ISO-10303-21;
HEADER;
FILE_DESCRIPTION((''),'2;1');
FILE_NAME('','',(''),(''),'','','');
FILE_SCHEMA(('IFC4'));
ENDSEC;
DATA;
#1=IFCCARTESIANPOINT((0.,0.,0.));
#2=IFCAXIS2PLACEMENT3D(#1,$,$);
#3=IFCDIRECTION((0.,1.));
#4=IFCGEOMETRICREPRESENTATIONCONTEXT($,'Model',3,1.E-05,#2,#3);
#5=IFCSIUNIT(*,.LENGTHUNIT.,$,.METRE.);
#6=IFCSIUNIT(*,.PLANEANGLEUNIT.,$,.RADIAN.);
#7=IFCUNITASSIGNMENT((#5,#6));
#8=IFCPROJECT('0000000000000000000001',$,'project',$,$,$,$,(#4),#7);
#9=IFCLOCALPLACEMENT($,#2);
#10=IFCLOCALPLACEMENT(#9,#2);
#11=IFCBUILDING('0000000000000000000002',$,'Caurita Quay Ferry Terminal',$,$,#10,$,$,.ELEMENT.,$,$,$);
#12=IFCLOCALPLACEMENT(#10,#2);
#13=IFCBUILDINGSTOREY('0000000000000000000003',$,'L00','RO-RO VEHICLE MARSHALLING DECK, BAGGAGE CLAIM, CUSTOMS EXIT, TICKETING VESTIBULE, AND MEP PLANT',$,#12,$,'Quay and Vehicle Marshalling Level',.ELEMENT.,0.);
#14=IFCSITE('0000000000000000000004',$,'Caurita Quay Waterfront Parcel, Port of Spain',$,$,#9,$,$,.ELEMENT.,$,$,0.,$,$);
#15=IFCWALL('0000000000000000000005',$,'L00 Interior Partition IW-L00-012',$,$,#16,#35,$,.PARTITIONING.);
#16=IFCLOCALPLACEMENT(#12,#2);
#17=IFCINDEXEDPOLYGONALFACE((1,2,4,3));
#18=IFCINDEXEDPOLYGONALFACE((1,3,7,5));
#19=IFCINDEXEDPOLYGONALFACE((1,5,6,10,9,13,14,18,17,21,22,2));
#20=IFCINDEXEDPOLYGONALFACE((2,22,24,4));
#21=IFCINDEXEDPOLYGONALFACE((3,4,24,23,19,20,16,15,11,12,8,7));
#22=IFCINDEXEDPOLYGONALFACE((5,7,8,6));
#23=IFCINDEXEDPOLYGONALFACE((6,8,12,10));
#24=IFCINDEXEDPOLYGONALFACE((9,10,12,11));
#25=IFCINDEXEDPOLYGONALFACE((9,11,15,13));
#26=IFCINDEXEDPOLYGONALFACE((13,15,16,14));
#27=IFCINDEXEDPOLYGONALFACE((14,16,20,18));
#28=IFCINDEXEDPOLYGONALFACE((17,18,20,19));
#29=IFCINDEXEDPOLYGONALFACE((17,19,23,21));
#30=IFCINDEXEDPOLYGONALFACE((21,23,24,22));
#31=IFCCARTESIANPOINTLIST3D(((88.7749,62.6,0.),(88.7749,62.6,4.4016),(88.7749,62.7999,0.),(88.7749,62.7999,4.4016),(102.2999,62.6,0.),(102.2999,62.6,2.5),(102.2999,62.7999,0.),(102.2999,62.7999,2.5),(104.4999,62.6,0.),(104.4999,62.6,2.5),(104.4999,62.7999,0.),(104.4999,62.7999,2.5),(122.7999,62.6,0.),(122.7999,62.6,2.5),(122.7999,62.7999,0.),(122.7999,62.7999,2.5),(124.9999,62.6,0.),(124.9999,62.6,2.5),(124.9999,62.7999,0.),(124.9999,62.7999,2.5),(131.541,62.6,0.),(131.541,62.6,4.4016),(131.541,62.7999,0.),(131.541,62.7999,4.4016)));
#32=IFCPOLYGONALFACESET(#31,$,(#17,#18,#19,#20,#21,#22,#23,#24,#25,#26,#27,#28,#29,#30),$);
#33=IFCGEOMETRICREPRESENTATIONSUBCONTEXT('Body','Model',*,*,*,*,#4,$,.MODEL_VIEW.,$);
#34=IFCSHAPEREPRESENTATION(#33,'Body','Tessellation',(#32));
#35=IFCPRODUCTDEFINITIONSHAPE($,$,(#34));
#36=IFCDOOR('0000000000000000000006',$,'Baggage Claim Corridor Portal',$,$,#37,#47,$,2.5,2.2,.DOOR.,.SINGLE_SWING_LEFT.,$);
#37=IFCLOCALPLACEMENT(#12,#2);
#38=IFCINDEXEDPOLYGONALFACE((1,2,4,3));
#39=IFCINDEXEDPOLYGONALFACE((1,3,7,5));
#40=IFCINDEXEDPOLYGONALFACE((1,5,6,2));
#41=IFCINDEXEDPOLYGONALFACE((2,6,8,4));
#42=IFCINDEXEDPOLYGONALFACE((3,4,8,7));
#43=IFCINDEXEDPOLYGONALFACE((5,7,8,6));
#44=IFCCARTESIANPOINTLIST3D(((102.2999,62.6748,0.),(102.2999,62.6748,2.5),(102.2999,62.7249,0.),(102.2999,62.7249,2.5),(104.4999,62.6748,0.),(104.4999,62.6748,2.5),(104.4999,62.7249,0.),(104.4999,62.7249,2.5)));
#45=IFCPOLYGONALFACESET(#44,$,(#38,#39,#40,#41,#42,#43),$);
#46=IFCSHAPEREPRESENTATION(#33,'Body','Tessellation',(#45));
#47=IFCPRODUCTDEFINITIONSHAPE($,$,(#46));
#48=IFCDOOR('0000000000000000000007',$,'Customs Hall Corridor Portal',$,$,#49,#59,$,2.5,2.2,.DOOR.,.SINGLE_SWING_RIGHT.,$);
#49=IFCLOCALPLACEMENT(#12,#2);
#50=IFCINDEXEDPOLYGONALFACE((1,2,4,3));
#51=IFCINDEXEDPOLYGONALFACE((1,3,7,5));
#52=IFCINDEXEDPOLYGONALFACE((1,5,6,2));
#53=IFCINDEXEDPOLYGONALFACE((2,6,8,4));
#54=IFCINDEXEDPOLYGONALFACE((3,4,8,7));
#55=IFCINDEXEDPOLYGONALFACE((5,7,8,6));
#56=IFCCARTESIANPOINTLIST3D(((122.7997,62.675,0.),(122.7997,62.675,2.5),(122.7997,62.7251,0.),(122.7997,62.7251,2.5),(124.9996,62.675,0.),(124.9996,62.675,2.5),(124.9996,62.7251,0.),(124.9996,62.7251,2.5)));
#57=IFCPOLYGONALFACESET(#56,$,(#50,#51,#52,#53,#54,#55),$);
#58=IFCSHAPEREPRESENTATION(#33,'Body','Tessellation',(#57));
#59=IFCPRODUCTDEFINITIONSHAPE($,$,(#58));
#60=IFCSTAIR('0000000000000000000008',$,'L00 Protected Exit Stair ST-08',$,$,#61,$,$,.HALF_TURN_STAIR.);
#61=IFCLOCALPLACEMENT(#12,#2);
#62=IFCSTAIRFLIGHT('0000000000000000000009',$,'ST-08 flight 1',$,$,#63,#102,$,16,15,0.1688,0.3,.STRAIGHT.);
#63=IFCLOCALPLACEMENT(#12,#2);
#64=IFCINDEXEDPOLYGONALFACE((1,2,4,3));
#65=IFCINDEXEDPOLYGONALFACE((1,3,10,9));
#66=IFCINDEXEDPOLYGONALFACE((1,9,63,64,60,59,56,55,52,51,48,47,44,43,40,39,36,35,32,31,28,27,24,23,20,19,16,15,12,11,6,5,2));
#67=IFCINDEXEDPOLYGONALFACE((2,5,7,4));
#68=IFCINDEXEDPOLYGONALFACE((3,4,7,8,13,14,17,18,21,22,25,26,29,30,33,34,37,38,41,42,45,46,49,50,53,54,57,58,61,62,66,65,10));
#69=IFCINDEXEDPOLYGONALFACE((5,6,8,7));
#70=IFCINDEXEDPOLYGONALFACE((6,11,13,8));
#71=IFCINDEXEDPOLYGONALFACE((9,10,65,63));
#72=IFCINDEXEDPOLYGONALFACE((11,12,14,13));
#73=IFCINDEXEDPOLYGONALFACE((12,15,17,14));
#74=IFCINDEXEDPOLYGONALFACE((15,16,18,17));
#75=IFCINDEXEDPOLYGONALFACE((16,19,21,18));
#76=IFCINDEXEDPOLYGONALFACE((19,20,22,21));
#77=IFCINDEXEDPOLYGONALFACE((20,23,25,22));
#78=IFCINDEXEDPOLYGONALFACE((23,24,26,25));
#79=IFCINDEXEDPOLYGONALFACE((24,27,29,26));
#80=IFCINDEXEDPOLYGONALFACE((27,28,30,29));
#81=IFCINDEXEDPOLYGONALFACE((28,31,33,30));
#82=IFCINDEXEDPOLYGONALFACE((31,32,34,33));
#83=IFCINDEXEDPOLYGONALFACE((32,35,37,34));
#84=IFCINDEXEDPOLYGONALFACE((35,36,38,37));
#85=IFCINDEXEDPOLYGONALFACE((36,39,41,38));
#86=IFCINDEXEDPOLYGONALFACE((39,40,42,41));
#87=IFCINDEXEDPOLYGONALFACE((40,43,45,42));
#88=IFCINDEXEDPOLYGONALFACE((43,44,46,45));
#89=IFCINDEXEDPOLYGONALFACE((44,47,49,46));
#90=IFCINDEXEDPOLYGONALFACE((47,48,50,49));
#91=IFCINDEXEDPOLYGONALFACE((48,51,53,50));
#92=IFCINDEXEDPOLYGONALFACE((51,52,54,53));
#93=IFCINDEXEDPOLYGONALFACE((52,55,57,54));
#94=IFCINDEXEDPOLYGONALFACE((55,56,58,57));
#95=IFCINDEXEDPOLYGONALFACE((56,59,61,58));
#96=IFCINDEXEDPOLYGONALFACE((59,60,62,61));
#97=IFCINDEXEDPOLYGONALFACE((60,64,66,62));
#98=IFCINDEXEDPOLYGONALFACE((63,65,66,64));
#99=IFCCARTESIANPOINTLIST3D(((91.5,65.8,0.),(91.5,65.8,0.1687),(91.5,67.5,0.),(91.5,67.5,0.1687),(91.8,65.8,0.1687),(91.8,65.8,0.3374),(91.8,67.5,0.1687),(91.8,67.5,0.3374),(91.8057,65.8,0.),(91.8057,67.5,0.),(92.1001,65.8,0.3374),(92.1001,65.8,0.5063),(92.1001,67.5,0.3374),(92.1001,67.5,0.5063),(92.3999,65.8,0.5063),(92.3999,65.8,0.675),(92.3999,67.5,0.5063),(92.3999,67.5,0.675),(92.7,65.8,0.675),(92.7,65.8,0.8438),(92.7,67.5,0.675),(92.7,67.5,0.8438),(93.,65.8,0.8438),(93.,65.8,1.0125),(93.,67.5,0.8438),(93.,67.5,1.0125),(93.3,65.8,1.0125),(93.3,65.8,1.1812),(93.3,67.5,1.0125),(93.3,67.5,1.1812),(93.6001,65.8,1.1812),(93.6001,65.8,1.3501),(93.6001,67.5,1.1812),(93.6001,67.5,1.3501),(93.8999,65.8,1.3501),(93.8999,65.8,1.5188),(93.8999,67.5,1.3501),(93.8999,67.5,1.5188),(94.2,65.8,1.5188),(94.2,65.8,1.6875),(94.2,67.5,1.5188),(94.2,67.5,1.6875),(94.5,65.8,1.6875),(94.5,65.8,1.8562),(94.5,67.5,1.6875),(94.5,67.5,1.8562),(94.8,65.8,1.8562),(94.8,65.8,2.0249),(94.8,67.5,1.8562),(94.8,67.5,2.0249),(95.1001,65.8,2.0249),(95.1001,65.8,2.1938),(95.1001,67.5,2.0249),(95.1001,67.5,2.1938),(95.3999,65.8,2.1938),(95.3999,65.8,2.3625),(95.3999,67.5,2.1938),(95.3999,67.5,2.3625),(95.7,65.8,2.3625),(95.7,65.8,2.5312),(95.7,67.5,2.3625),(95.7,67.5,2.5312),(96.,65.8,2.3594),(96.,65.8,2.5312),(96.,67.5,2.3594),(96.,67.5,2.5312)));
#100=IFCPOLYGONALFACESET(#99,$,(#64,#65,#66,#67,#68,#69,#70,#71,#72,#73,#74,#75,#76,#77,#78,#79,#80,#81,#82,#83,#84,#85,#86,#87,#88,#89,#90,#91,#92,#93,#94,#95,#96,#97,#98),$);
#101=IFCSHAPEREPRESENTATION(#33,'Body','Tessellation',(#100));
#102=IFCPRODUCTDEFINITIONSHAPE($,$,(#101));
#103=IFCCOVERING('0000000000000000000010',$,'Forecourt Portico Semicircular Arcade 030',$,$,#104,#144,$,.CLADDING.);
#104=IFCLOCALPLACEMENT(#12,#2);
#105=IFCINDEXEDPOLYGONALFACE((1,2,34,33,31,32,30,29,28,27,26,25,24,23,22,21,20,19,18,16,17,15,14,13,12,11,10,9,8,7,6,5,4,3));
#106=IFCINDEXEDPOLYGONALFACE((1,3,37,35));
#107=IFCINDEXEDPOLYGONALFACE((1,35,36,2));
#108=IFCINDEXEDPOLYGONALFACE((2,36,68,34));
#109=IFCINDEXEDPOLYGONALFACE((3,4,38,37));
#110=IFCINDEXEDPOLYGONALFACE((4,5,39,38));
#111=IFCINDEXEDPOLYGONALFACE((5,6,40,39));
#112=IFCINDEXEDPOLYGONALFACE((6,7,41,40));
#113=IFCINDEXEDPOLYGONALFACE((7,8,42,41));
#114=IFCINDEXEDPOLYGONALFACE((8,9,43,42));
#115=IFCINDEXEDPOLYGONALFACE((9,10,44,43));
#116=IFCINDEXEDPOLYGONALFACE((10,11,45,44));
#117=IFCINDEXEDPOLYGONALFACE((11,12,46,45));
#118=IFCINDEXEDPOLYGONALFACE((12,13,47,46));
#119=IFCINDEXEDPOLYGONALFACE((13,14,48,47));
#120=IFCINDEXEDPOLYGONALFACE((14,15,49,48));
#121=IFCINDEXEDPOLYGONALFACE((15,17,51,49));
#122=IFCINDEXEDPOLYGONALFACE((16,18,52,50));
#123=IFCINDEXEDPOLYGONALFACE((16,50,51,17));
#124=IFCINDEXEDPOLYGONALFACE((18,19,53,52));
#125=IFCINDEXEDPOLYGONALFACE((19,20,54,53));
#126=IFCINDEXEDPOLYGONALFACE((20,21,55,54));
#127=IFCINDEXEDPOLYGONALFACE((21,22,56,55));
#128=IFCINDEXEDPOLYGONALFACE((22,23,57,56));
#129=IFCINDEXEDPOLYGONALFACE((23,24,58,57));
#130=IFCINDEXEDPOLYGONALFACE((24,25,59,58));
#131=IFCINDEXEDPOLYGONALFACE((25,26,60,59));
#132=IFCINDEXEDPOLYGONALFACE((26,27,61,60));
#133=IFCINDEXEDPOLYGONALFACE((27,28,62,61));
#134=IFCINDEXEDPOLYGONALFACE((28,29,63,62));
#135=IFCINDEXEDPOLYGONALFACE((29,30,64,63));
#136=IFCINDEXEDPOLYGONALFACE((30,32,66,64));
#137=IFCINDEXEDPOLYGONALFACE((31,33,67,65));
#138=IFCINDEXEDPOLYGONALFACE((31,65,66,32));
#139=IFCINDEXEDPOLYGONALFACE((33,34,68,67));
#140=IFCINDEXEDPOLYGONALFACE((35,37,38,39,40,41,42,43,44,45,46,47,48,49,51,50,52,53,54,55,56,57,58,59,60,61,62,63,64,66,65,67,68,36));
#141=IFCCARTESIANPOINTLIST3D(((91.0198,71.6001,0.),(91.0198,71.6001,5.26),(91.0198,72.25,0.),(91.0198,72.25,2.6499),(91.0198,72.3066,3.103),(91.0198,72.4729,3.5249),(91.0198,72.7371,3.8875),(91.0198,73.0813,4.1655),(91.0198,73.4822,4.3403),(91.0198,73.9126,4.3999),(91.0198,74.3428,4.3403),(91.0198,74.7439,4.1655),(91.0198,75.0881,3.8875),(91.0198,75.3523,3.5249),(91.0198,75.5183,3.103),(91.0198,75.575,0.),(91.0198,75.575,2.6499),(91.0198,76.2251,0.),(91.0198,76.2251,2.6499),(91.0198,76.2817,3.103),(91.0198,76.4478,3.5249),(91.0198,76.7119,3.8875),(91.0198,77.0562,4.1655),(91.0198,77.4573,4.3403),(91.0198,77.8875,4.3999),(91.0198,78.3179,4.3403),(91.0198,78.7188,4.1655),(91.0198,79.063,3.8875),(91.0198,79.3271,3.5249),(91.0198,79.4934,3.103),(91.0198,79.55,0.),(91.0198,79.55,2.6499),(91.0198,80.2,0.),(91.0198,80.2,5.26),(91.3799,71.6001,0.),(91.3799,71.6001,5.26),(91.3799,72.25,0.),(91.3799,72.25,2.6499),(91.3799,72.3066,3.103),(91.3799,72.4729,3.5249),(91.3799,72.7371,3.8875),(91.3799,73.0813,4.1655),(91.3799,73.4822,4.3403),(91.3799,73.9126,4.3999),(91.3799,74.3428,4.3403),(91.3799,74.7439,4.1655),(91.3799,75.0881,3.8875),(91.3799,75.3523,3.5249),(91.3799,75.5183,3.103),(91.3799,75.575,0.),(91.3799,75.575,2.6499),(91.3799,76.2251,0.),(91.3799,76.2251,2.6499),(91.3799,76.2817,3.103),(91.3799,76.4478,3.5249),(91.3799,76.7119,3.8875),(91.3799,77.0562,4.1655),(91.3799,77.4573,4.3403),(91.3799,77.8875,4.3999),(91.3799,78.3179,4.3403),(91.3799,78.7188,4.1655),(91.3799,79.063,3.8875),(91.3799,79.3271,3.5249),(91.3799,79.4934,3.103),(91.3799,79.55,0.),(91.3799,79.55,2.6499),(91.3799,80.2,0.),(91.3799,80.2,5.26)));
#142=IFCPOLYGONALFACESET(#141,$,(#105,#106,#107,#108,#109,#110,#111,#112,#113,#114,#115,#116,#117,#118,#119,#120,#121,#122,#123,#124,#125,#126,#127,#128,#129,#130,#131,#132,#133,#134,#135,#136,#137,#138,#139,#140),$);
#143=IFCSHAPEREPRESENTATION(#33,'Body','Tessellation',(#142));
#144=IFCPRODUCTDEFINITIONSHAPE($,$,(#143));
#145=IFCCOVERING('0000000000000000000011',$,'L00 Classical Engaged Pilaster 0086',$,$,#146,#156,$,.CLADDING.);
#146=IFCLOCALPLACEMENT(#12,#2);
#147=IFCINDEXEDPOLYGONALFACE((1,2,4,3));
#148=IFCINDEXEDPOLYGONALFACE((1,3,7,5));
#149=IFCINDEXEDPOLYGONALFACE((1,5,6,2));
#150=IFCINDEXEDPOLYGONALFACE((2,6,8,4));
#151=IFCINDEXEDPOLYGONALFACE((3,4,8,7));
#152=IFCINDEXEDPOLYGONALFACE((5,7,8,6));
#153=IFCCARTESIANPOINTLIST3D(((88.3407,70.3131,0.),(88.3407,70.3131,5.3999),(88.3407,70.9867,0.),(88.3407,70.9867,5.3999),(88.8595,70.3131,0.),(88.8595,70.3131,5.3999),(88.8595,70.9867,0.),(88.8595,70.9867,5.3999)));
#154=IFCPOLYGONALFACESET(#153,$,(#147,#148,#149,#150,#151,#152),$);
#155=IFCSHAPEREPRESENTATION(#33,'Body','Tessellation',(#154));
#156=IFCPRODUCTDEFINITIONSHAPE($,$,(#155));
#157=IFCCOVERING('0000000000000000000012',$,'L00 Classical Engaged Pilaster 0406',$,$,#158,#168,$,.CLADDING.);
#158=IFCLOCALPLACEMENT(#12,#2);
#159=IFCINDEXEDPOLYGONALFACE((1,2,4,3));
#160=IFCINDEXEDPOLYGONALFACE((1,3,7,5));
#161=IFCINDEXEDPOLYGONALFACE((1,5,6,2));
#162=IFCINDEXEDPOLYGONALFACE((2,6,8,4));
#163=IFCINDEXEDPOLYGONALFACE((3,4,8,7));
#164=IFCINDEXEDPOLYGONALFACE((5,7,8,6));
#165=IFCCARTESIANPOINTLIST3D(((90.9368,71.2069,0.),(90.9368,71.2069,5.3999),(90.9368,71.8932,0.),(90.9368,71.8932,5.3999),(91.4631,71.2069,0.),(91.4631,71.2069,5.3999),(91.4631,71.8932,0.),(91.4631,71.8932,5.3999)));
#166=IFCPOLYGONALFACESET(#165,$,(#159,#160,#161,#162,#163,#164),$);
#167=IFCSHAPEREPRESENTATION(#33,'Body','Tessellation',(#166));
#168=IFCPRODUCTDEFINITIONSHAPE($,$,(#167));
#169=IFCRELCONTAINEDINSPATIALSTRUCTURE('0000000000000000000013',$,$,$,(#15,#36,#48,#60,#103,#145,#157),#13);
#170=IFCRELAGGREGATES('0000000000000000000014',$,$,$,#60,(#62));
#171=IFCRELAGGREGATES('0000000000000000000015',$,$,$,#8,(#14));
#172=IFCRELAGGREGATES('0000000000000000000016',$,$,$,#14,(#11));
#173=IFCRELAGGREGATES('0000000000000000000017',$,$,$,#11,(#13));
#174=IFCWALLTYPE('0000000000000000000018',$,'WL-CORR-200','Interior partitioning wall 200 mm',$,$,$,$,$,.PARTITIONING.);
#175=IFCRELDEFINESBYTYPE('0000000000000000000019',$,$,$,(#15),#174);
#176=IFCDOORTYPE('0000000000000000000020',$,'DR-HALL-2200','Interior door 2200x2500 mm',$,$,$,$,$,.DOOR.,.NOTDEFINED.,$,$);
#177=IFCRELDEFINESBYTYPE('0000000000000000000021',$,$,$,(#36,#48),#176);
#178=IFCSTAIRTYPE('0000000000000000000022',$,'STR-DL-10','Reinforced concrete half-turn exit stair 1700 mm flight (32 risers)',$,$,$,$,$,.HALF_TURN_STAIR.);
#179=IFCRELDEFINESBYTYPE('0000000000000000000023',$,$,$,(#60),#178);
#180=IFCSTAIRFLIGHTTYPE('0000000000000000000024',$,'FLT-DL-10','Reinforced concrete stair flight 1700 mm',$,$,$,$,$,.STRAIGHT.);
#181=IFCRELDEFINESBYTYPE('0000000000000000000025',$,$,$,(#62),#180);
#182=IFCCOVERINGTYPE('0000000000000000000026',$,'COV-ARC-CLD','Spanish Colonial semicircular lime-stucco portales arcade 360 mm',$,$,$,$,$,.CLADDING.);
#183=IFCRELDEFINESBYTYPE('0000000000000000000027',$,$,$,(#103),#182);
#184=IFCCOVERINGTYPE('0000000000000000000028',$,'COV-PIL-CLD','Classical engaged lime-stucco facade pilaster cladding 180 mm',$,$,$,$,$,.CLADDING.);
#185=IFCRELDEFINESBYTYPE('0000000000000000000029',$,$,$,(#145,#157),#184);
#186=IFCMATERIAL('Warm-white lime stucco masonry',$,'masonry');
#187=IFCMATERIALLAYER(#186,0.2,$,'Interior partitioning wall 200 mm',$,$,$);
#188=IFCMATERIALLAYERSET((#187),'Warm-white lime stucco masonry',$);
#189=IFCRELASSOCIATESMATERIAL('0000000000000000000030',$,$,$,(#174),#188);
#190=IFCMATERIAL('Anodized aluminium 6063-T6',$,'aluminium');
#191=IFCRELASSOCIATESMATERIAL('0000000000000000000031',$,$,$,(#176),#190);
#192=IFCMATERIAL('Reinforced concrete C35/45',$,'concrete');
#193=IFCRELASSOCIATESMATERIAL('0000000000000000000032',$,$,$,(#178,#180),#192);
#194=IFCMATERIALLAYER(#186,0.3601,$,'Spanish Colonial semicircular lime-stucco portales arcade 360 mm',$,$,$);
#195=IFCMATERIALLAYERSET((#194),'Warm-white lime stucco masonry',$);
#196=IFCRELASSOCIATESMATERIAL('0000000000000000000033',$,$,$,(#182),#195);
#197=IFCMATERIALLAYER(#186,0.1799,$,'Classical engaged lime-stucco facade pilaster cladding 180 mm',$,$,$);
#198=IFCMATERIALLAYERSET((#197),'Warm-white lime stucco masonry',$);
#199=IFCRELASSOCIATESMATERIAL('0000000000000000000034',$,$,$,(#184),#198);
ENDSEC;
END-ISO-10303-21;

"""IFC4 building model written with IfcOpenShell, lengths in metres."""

from ifc_helpers import new_model, si_unit, direction, frame, frame_2d, origin, origin_2d, place, context, subcontext, project, spatial, polyline, rectangle, outline, extrude, material, layer, layer_set, type_object, element, fill, aggregate, save


model = new_model("IFC4")

# Units and contexts
model_context = context("Model", 3, precision=1e-05, world=origin(), true_north=direction((0.0, 1.0)))
body_context = subcontext(model_context, "Body", "Model", "MODEL_VIEW")
ifc_project = project(units=[si_unit("LENGTHUNIT", "METRE"), si_unit("PLANEANGLEUNIT", "RADIAN")], contexts=[model_context])

# Site, building, storey
site_placement = place(None, origin())
site = spatial("IfcSite", under=ifc_project, at=site_placement, Name="Caurita Quay Waterfront Parcel, Port of Spain", CompositionType="ELEMENT", RefElevation=0.0)
building_placement = place(site_placement, origin())
building = spatial("IfcBuilding", under=site, at=building_placement, Name="Caurita Quay Ferry Terminal", CompositionType="ELEMENT")
storey_placement = place(building_placement, origin())
storey = spatial("IfcBuildingStorey", under=building, at=storey_placement, Name="L00", Description="RO-RO VEHICLE MARSHALLING DECK, BAGGAGE CLAIM, CUSTOMS EXIT, TICKETING VESTIBULE, AND MEP PLANT", LongName="Quay and Vehicle Marshalling Level", CompositionType="ELEMENT", Elevation=0.0)

# Shared definitions
ifc_material_1 = material(Name="Reinforced concrete C35/45", Category="concrete")

# Shared definitions
ifc_material_2 = material(Name="Anodized aluminium 6063-T6", Category="aluminium")

# Wall, openings, doors
ifc_material_3 = material(Name="Warm-white lime stucco masonry", Category="masonry")
ifc_layer_1 = layer(ifc_material_3, 0.2, Name="Interior partitioning wall 200 mm")
ifc_layer_set_1 = layer_set([ifc_layer_1], Name="Warm-white lime stucco masonry")
wall_type_1 = type_object("IfcWallType", Name="WL-CORR-200", Description="Interior partitioning wall 200 mm", PredefinedType="PARTITIONING", material=ifc_layer_set_1)
wall_1_placement = place(storey_placement, frame((88.7749, 62.7, 0.0), z_axis=(0.0, 0.0, 1.0), x_axis=(1.0, 0.0, 0.0)))
wall_1 = element("IfcWall", 1, at=wall_1_placement, inside=storey, type_object=wall_type_1, Name="L00 Interior Partition IW-L00-012", PredefinedType="PARTITIONING", context=body_context, shape_type="SweptSolid", body=[
    extrude(rectangle(XDim=42.7661, YDim=0.2, at=frame_2d((21.3831, 0.0))), origin(), (0.0, 0.0, 1.0), 4.4016),
])
opening_1_placement = place(wall_1_placement, frame((13.5249, 0.0, 0.0)))
opening_1 = element("IfcOpeningElement", 2, at=opening_1_placement, cuts=wall_1, PredefinedType="OPENING", context=body_context, shape_type="SweptSolid", body=[
    extrude(rectangle(XDim=2.2, YDim=2.5, at=frame_2d((1.1001, 1.25))), frame((0.0, 0.1099, 0.0), z_axis=(0.0, -1.0, 0.0), x_axis=(1.0, 0.0, 0.0)), (0.0, 0.0, 1.0), 0.22),
])
opening_2_placement = place(wall_1_placement, frame((34.0249, 0.0, 0.0)))
opening_2 = element("IfcOpeningElement", 3, at=opening_2_placement, cuts=wall_1, PredefinedType="OPENING", context=body_context, shape_type="SweptSolid", body=[
    extrude(rectangle(XDim=2.2, YDim=2.5, at=frame_2d((1.1001, 1.25))), frame((0.0, 0.1099, 0.0), z_axis=(0.0, -1.0, 0.0), x_axis=(1.0, 0.0, 0.0)), (0.0, 0.0, 1.0), 0.22),
])
door_type_1 = type_object("IfcDoorType", Name="DR-HALL-2200", Description="Interior door 2200x2500 mm", OperationType="NOTDEFINED", PredefinedType="DOOR", material=ifc_material_2)
door_1_placement = place(opening_1_placement, origin())
door_1 = element("IfcDoor", 4, at=door_1_placement, inside=storey, type_object=door_type_1, Name="Baggage Claim Corridor Portal", OperationType="SINGLE_SWING_LEFT", OverallHeight=2.5, OverallWidth=2.2, PredefinedType="DOOR", context=body_context, shape_type="SweptSolid", body=[
    extrude(rectangle(XDim=2.2, YDim=2.5, at=frame_2d((1.1001, 1.25))), frame((0.0, 0.0249, 0.0), z_axis=(0.0, -1.0, 0.0), x_axis=(1.0, 0.0, 0.0)), (0.0, 0.0, 1.0), 0.05),
])
fill(opening_1, door_1)
door_2_placement = place(opening_2_placement, frame((2.2, 0.0, 0.0), z_axis=(0.0, 0.0, 1.0), x_axis=(-1.0, 0.0, 0.0)))
door_2 = element("IfcDoor", 5, at=door_2_placement, inside=storey, type_object=door_type_1, Name="Customs Hall Corridor Portal", OperationType="SINGLE_SWING_RIGHT", OverallHeight=2.5, OverallWidth=2.2, PredefinedType="DOOR", context=body_context, shape_type="SweptSolid", body=[
    extrude(rectangle(XDim=2.2, YDim=2.5, at=frame_2d((1.1001, 1.25))), frame((0.0, 0.0249, 0.0), z_axis=(0.0, -1.0, 0.0), x_axis=(1.0, 0.0, 0.0)), (0.0, 0.0, 1.0), 0.05),
])
fill(opening_2, door_2)

# Stair, stair flight
stair_type = type_object("IfcStairType", Name="STR-DL-10", Description="Reinforced concrete half-turn exit stair 1700 mm flight (32 risers)", PredefinedType="HALF_TURN_STAIR", material=ifc_material_1)
stair_placement = place(storey_placement, origin())
stair = element("IfcStair", 6, at=stair_placement, inside=storey, type_object=stair_type, Name="L00 Protected Exit Stair ST-08", PredefinedType="HALF_TURN_STAIR")
stair_flight_type = type_object("IfcStairFlightType", Name="FLT-DL-10", Description="Reinforced concrete stair flight 1700 mm", PredefinedType="STRAIGHT", material=ifc_material_1)
stair_flight_placement = place(storey_placement, frame((91.5, 66.6499, 0.0), z_axis=(0.0, 0.0, 1.0), x_axis=(1.0, 0.0, 0.0)))
stair_flight = element("IfcStairFlight", 7, at=stair_flight_placement, type_object=stair_flight_type, Name="ST-08 flight 1", NumberOfRisers=16, NumberOfTreads=15, PredefinedType="STRAIGHT", RiserHeight=0.1688, TreadLength=0.3, context=body_context, shape_type="SweptSolid", body=[
    extrude(outline(polyline([(0.0, 0.0), (0.0, 0.1687), (0.3, 0.1687), (0.3, 0.3374), (0.6001, 0.3374), (0.6001, 0.5063), (0.8999, 0.5063), (0.8999, 0.675), (1.2, 0.675), (1.2, 0.8438), (1.5, 0.8438), (1.5, 1.0125), (1.8, 1.0125), (1.8, 1.1812), (2.1001, 1.1812), (2.1001, 1.3501), (2.3999, 1.3501), (2.3999, 1.5188), (2.7, 1.5188), (2.7, 1.6875), (3.0, 1.6875), (3.0, 1.8562), (3.3, 1.8562), (3.3, 2.0249), (3.6001, 2.0249), (3.6001, 2.1938), (3.8999, 2.1938), (3.8999, 2.3625), (4.2, 2.3625), (4.2, 2.5312), (4.5, 2.5312), (4.5, 2.7), (4.5, 2.3594), (0.3057, 0.0), (0.0, 0.0)])), frame((0.0, 0.8501, 0.0), z_axis=(0.0, -1.0, 0.0), x_axis=(1.0, 0.0, 0.0)), (0.0, 0.0, 1.0), 1.7),
])
aggregate(stair, [stair_flight])

# Coverings
ifc_layer_2 = layer(ifc_material_3, 0.3601, Name="Spanish Colonial semicircular lime-stucco portales arcade 360 mm")
ifc_layer_set_2 = layer_set([ifc_layer_2], Name="Warm-white lime stucco masonry")
covering_type_1 = type_object("IfcCoveringType", Name="COV-ARC-CLD", Description="Spanish Colonial semicircular lime-stucco portales arcade 360 mm", PredefinedType="CLADDING", material=ifc_layer_set_2)
covering_1_placement = place(storey_placement, frame((91.2, 71.6001, 0.0), z_axis=(0.0, 0.0, 1.0), x_axis=(0.0, 1.0, 0.0)))
element("IfcCovering", 8, at=covering_1_placement, inside=storey, type_object=covering_type_1, Name="Forecourt Portico Semicircular Arcade 030", PredefinedType="CLADDING", context=body_context, shape_type="SweptSolid", body=[
    extrude(outline(polyline([(0.0, 0.0), (0.6499, 0.0), (0.6499, 2.6499), (0.7065, 3.103), (0.8728, 3.5249), (1.137, 3.8875), (1.4812, 4.1655), (1.8821, 4.3403), (2.3125, 4.3999), (2.7427, 4.3403), (3.1438, 4.1655), (3.488, 3.8875), (3.7522, 3.5249), (3.9182, 3.103), (3.9749, 2.6499), (3.9749, 0.0), (4.625, 0.0), (4.625, 2.6499), (4.6816, 3.103), (4.8477, 3.5249), (5.1118, 3.8875), (5.4561, 4.1655), (5.8572, 4.3403), (6.2874, 4.3999), (6.7178, 4.3403), (7.1187, 4.1655), (7.4629, 3.8875), (7.7271, 3.5249), (7.8933, 3.103), (7.95, 2.6499), (7.95, 0.0), (8.5999, 0.0), (8.5999, 5.26), (0.0, 5.26), (0.0, 0.0)])), frame((0.0, 0.1802, 0.0), z_axis=(0.0, -1.0, 0.0), x_axis=(1.0, 0.0, 0.0)), (0.0, 0.0, 1.0), 0.3601),
])
ifc_layer_3 = layer(ifc_material_3, 0.1799, Name="Classical engaged lime-stucco facade pilaster cladding 180 mm")
ifc_layer_set_3 = layer_set([ifc_layer_3], Name="Warm-white lime stucco masonry")
covering_type_2 = type_object("IfcCoveringType", Name="COV-PIL-CLD", Description="Classical engaged lime-stucco facade pilaster cladding 180 mm", PredefinedType="CLADDING", material=ifc_layer_set_3)
covering_2_placement = place(storey_placement, frame((88.6001, 70.6499, 0.0), z_axis=(0.0, 0.0, 1.0), x_axis=(1.0, 0.0, 0.0)))
element("IfcCovering", 9, at=covering_2_placement, inside=storey, type_object=covering_type_2, Name="L00 Classical Engaged Pilaster 0086", PredefinedType="CLADDING", context=body_context, shape_type="SweptSolid", body=[
    extrude(rectangle(XDim=0.5188, YDim=0.6736, at=origin_2d()), origin(), (0.0, 0.0, 1.0), 5.3999),
])
covering_3_placement = place(storey_placement, frame((91.2, 71.55, 0.0), z_axis=(0.0, 0.0, 1.0), x_axis=(1.0, 0.0, 0.0)))
element("IfcCovering", 10, at=covering_3_placement, inside=storey, type_object=covering_type_2, Name="L00 Classical Engaged Pilaster 0406", PredefinedType="CLADDING", context=body_context, shape_type="SweptSolid", body=[
    extrude(rectangle(XDim=0.5264, YDim=0.6863, at=origin_2d()), origin(), (0.0, 0.0, 1.0), 5.3999),
])

save(model, "model.ifc")
